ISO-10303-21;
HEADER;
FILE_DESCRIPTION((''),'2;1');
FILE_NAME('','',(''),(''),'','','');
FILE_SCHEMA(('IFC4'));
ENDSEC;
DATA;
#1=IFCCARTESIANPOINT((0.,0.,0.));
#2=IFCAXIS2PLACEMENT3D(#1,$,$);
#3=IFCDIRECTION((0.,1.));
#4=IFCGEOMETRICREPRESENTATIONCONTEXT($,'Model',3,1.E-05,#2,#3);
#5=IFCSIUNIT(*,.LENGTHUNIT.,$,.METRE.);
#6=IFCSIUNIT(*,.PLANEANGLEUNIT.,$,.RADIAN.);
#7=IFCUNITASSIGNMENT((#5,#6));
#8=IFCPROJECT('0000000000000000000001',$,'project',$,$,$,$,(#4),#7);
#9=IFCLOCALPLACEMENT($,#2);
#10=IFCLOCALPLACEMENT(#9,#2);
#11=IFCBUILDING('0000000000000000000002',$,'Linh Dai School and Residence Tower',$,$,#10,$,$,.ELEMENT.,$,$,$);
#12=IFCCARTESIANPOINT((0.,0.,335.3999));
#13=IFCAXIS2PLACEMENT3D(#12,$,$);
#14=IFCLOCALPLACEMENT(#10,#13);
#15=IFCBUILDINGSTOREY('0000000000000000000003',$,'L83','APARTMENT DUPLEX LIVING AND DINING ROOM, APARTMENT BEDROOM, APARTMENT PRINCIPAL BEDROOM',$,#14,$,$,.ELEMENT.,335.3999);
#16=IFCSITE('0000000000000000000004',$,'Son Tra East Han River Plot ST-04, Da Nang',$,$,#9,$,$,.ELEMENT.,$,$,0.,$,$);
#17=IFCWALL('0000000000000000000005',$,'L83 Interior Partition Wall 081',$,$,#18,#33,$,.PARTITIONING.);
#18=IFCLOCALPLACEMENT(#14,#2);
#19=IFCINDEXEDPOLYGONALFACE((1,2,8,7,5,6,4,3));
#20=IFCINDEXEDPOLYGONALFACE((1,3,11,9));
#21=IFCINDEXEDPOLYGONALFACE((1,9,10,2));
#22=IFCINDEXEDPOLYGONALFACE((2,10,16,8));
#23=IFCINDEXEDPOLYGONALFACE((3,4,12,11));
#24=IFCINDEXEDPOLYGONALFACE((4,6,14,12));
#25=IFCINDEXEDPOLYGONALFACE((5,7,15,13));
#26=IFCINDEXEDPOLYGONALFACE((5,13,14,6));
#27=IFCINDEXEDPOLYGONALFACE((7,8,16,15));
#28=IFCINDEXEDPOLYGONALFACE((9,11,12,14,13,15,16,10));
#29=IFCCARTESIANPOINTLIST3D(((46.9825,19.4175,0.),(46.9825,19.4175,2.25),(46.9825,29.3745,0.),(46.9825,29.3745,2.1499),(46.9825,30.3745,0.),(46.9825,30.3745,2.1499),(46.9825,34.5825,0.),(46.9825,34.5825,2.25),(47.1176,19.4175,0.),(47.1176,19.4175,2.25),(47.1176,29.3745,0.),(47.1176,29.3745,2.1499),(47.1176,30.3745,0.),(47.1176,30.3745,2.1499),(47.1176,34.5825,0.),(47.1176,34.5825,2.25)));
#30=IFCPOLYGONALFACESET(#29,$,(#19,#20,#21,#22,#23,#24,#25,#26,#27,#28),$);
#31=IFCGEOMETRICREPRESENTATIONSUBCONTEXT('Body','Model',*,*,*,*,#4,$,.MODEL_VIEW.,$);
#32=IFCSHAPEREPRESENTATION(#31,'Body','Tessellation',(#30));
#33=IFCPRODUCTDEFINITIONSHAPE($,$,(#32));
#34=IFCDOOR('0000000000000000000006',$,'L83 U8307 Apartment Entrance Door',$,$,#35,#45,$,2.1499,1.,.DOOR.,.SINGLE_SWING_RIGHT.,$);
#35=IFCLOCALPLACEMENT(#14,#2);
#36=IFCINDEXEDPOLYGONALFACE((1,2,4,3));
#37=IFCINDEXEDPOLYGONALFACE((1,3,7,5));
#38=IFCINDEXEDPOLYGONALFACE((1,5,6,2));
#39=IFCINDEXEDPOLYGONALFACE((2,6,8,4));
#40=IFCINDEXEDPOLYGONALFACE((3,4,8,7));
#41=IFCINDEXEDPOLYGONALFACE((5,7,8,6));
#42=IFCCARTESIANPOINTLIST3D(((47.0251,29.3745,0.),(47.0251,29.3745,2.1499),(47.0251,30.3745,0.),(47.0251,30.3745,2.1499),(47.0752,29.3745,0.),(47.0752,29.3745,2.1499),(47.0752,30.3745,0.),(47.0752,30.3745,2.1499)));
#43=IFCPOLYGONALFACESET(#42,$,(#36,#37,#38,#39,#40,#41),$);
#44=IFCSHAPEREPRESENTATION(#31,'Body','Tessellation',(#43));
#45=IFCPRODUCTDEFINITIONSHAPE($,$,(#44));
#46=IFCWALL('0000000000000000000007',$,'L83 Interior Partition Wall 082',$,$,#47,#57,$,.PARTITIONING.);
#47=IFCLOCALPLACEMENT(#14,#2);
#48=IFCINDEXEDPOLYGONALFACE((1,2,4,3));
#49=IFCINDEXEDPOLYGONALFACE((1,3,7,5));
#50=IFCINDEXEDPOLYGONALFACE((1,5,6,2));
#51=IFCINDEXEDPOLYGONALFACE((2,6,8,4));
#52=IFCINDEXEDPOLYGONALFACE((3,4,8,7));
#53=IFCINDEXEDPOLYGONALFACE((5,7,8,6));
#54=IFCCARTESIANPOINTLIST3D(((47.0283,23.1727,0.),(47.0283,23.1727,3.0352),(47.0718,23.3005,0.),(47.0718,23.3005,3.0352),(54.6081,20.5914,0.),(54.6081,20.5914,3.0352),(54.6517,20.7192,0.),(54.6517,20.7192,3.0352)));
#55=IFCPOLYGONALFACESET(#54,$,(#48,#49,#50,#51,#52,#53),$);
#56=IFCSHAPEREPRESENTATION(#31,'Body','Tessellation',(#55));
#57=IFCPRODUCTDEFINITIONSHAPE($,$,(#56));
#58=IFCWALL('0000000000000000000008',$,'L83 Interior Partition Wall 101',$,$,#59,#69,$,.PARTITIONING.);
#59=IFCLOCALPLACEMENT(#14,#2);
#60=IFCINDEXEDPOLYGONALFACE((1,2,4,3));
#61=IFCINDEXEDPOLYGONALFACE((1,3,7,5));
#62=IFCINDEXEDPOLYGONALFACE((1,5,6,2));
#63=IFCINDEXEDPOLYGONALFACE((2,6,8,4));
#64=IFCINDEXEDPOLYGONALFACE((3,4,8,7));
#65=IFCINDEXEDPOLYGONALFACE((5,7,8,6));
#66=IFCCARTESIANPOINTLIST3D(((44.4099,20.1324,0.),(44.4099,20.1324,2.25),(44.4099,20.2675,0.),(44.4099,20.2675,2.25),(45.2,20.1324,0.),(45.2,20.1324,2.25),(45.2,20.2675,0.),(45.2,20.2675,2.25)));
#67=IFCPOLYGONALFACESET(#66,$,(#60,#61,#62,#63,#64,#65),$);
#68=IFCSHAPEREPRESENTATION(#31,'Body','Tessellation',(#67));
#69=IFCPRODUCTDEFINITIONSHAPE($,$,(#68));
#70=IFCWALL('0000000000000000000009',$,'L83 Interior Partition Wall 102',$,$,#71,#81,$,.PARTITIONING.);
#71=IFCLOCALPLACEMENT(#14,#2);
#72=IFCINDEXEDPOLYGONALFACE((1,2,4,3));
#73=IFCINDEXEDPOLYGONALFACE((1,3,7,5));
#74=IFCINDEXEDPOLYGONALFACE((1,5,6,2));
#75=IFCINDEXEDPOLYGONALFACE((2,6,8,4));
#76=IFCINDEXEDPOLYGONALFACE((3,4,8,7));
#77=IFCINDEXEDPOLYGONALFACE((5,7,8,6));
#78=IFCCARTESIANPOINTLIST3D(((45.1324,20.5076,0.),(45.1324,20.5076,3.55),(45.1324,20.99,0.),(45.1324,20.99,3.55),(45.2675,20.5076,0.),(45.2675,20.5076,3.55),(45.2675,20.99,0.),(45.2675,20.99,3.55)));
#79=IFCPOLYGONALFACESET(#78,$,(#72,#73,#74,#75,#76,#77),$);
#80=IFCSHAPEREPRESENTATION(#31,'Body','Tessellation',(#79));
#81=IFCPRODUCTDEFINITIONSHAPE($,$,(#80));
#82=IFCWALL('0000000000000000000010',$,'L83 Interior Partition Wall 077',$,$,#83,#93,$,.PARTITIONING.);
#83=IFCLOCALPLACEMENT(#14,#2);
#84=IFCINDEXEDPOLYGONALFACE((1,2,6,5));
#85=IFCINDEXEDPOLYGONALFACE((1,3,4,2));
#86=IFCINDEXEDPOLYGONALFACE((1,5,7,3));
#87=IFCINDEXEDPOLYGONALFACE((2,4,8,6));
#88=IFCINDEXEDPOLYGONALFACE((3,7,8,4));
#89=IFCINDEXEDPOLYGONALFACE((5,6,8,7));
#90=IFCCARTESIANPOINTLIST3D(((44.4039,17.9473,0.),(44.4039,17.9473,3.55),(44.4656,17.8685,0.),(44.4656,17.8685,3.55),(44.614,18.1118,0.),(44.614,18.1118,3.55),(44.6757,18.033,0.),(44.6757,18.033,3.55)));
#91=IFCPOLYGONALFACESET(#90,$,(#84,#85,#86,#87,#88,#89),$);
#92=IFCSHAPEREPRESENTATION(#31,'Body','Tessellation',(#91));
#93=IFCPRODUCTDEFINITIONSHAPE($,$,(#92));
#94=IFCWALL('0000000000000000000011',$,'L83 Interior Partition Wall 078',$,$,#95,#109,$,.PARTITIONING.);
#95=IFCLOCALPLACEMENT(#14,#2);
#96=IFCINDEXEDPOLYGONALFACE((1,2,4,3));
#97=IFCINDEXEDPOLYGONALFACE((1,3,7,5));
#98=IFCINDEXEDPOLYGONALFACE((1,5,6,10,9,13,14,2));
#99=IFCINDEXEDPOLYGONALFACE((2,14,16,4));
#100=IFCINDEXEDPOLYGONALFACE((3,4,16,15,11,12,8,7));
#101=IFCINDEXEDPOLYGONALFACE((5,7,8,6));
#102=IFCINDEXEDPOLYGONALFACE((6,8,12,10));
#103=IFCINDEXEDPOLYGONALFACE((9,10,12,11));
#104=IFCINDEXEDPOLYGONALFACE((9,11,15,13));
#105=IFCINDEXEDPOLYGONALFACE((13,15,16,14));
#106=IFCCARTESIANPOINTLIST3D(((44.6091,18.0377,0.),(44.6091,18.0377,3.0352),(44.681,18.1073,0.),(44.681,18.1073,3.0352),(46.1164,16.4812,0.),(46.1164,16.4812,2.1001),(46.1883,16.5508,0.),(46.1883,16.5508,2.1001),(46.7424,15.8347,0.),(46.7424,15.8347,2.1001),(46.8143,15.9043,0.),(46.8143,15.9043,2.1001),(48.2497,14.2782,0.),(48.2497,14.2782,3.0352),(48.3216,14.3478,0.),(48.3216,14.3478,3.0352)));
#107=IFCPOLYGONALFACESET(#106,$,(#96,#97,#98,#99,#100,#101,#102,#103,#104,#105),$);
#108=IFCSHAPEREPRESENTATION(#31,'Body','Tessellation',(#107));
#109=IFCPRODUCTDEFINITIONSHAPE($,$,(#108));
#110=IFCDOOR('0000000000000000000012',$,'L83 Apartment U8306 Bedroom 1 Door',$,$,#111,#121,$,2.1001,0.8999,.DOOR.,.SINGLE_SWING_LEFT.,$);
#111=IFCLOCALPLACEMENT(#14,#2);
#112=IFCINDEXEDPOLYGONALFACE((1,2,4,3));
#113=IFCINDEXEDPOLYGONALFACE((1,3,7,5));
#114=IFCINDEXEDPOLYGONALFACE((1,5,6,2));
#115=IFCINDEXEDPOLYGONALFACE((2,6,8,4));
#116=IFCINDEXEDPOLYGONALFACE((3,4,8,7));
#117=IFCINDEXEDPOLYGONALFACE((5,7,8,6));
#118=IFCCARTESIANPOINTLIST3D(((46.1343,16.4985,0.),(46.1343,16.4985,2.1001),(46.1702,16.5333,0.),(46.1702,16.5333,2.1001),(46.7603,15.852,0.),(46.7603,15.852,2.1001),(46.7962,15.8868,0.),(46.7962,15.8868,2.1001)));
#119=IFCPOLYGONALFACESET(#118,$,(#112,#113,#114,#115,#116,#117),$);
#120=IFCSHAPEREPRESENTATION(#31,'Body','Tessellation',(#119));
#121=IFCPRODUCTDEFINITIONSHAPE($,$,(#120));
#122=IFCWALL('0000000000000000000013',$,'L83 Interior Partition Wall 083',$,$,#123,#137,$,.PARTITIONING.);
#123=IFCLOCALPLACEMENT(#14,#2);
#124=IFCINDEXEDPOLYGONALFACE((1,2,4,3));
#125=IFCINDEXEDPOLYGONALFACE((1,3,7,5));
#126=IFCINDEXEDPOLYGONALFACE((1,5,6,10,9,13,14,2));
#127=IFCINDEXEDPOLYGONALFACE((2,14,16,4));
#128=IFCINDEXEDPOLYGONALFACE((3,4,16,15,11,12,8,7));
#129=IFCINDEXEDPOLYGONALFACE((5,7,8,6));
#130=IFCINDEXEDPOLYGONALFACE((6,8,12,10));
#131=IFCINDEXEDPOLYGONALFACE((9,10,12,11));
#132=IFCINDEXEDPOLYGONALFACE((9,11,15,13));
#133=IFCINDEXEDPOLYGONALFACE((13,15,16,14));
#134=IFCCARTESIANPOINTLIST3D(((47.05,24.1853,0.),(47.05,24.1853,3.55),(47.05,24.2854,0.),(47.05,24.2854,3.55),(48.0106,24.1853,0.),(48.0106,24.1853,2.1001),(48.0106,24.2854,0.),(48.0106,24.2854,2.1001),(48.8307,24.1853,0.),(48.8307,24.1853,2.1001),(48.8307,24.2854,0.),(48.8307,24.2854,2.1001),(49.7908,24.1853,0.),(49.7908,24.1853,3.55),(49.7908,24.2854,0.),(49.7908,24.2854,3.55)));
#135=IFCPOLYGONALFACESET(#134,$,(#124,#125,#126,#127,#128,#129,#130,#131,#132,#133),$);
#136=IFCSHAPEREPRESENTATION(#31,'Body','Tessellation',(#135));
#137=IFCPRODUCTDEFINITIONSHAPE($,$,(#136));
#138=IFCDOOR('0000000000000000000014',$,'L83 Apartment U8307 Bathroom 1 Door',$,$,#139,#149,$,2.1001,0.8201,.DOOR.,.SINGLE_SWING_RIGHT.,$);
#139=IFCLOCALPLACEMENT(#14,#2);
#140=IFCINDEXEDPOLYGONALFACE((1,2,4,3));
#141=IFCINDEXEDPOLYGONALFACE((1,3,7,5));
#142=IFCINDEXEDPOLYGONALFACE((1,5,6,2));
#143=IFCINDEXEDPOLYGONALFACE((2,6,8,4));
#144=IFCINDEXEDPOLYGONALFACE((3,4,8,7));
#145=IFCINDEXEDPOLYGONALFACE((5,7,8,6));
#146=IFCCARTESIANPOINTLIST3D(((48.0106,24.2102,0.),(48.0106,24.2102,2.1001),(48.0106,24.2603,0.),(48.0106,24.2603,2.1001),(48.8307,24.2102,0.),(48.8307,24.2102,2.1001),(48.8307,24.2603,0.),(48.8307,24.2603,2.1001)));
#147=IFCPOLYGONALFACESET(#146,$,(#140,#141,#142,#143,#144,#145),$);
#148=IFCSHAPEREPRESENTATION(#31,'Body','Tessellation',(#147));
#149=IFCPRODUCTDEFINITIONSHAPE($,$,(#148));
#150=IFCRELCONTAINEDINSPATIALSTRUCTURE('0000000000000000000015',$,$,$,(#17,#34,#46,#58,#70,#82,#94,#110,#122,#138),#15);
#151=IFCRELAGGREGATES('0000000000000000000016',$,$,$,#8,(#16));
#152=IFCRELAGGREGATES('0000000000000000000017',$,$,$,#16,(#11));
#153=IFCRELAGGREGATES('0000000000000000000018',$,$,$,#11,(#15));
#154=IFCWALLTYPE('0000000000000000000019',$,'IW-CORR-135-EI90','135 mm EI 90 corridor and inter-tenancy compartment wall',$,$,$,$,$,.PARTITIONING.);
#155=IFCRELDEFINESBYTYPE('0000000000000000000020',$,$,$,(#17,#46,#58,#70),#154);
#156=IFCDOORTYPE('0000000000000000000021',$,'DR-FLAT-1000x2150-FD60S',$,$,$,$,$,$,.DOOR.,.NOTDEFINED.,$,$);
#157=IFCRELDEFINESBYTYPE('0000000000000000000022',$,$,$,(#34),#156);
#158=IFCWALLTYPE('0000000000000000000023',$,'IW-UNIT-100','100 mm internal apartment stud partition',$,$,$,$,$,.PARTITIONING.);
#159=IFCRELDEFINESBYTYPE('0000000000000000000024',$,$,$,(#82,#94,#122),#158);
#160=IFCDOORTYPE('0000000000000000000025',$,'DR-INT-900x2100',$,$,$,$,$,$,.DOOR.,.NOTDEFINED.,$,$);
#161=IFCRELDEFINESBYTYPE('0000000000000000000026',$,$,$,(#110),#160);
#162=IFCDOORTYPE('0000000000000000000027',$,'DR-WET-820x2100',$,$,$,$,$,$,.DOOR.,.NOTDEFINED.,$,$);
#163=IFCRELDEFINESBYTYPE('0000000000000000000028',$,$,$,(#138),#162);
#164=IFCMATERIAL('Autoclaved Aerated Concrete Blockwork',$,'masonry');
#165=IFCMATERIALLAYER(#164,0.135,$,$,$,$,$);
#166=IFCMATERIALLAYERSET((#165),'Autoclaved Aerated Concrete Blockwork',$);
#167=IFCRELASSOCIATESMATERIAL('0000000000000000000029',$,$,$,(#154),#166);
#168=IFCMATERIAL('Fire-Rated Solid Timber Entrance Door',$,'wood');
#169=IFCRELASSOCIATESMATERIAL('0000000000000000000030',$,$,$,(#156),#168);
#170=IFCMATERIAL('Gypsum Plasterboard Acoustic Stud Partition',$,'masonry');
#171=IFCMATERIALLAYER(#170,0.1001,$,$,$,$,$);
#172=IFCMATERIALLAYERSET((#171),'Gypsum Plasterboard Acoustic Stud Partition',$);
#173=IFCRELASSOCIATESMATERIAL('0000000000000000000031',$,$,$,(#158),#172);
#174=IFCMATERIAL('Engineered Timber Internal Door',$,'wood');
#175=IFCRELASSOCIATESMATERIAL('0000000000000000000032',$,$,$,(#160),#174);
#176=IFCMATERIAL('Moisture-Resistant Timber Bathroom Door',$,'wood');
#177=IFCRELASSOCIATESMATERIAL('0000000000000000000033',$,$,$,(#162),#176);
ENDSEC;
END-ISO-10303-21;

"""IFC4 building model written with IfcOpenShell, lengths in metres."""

from ifc_helpers import new_model, si_unit, direction, frame, frame_2d, origin, origin_2d, place, context, subcontext, project, spatial, rectangle, extrude, source, transform, mapped, material, layer, layer_set, type_object, element, fill, save


model = new_model("IFC4")

# Units and contexts
model_context = context("Model", 3, precision=1e-05, world=origin(), true_north=direction((0.0, 1.0)))
body_context = subcontext(model_context, "Body", "Model", "MODEL_VIEW")
ifc_project = project(units=[si_unit("LENGTHUNIT", "METRE"), si_unit("PLANEANGLEUNIT", "RADIAN")], contexts=[model_context])

# Site, building, storey
site_placement = place(None, origin())
site = spatial("IfcSite", under=ifc_project, at=site_placement, Name="Son Tra East Han River Plot ST-04, Da Nang", CompositionType="ELEMENT", RefElevation=0.0)
building_placement = place(site_placement, origin())
building = spatial("IfcBuilding", under=site, at=building_placement, Name="Linh Dai School and Residence Tower", CompositionType="ELEMENT")
storey_placement = place(building_placement, frame((0.0, 0.0, 335.3999)))
storey = spatial("IfcBuildingStorey", under=building, at=storey_placement, Name="L83", Description="APARTMENT DUPLEX LIVING AND DINING ROOM, APARTMENT BEDROOM, APARTMENT PRINCIPAL BEDROOM", CompositionType="ELEMENT", Elevation=335.3999)

# Shared definitions
ifc_material_1 = material(Name="Autoclaved Aerated Concrete Blockwork", Category="masonry")
ifc_layer_1 = layer(ifc_material_1, 0.135)
ifc_layer_set_1 = layer_set([ifc_layer_1], Name="Autoclaved Aerated Concrete Blockwork")
wall_type_1 = type_object("IfcWallType", Name="IW-CORR-135-EI90", Description="135 mm EI 90 corridor and inter-tenancy compartment wall", PredefinedType="PARTITIONING", material=ifc_layer_set_1)

# Wall, opening, door
wall_1_placement = place(storey_placement, frame((47.05, 19.4175, 0.0), z_axis=(0.0, 0.0, 1.0), x_axis=(0.0, 1.0, 0.0)))
wall_1 = element("IfcWall", 1, at=wall_1_placement, inside=storey, type_object=wall_type_1, Name="L83 Interior Partition Wall 081", PredefinedType="PARTITIONING", context=body_context, shape_type="SweptSolid", body=[
    extrude(rectangle(XDim=15.165, YDim=0.135, at=frame_2d((7.5825, 0.0))), origin(), (0.0, 0.0, 1.0), 2.25),
])
opening_1_placement = place(wall_1_placement, frame((9.957, 0.0, 0.0)))
opening_1 = element("IfcOpeningElement", 2, at=opening_1_placement, cuts=wall_1, PredefinedType="OPENING", context=body_context, shape_type="SweptSolid", body=[
    extrude(rectangle(XDim=1.0, YDim=2.1499, at=origin_2d()), frame((0.5, 0.0776, 1.075), z_axis=(0.0, -1.0, 0.0), x_axis=(1.0, 0.0, 0.0)), (0.0, 0.0, 1.0), 0.155),
])
ifc_material_2 = material(Name="Fire-Rated Solid Timber Entrance Door", Category="wood")
door_type_1 = type_object("IfcDoorType", Name="DR-FLAT-1000x2150-FD60S", OperationType="NOTDEFINED", PredefinedType="DOOR", material=ifc_material_2)
shared_shape_1 = source(origin(), body_context, "Body", "SweptSolid", [
    extrude(rectangle(XDim=1.0, YDim=2.1499, at=origin_2d()), frame((0.5, 0.0249, 1.075), z_axis=(0.0, -1.0, 0.0), x_axis=(1.0, 0.0, 0.0)), (0.0, 0.0, 1.0), 0.05),
])
door_1_placement = place(opening_1_placement, origin())
door_1 = element("IfcDoor", 3, at=door_1_placement, inside=storey, type_object=door_type_1, Name="L83 U8307 Apartment Entrance Door", OperationType="SINGLE_SWING_RIGHT", OverallHeight=2.1499, OverallWidth=1.0, PredefinedType="DOOR", context=body_context, shape_type="MappedRepresentation", body=[
    mapped(shared_shape_1, transform((0.0, 0.0, 0.0), x_axis=(1.0, 0.0, 0.0), y_axis=(0.0, 1.0, 0.0), z_axis=(0.0, 0.0, 1.0), scale=1.0)),
])
fill(opening_1, door_1)

# Walls
wall_2_placement = place(storey_placement, frame((47.05, 23.2366, 0.0), z_axis=(0.0, 0.0, 1.0), x_axis=(0.946614, -0.322368, 0.0)))
element("IfcWall", 4, at=wall_2_placement, inside=storey, type_object=wall_type_1, Name="L83 Interior Partition Wall 082", PredefinedType="PARTITIONING", context=body_context, shape_type="SweptSolid", body=[
    extrude(rectangle(XDim=8.0073, YDim=0.135, at=frame_2d((4.0037, 0.0))), origin(), (0.0, 0.0, 1.0), 3.0352),
])
wall_3_placement = place(storey_placement, frame((44.4099, 20.2, 0.0), z_axis=(0.0, 0.0, 1.0), x_axis=(1.0, 0.0, 0.0)))
element("IfcWall", 5, at=wall_3_placement, inside=storey, type_object=wall_type_1, Name="L83 Interior Partition Wall 101", PredefinedType="PARTITIONING", context=body_context, shape_type="SweptSolid", body=[
    extrude(rectangle(XDim=0.79, YDim=0.135, at=frame_2d((0.395, 0.0))), origin(), (0.0, 0.0, 1.0), 2.25),
])
wall_4_placement = place(storey_placement, frame((45.2, 20.5076, 0.0), z_axis=(0.0, 0.0, 1.0), x_axis=(0.0, 1.0, 0.0)))
element("IfcWall", 6, at=wall_4_placement, inside=storey, type_object=wall_type_1, Name="L83 Interior Partition Wall 102", PredefinedType="PARTITIONING", context=body_context, shape_type="SweptSolid", body=[
    extrude(rectangle(XDim=0.4824, YDim=0.135, at=frame_2d((0.2412, 0.0))), origin(), (0.0, 0.0, 1.0), 3.55),
])
ifc_material_3 = material(Name="Gypsum Plasterboard Acoustic Stud Partition", Category="masonry")
ifc_layer_2 = layer(ifc_material_3, 0.1001)
ifc_layer_set_2 = layer_set([ifc_layer_2], Name="Gypsum Plasterboard Acoustic Stud Partition")
wall_type_2 = type_object("IfcWallType", Name="IW-UNIT-100", Description="100 mm internal apartment stud partition", PredefinedType="PARTITIONING", material=ifc_layer_set_2)
wall_5_placement = place(storey_placement, frame((44.4348, 17.908, 0.0), z_axis=(0.0, 0.0, 1.0), x_axis=(0.787428, 0.616407, 0.0)))
element("IfcWall", 7, at=wall_5_placement, inside=storey, type_object=wall_type_2, Name="L83 Interior Partition Wall 077", PredefinedType="PARTITIONING", context=body_context, shape_type="SweptSolid", body=[
    extrude(rectangle(XDim=0.2668, YDim=0.1001, at=frame_2d((0.1333, 0.0))), origin(), (0.0, 0.0, 1.0), 3.55),
])

# Walls, openings, doors
wall_6_placement = place(storey_placement, frame((44.645, 18.0725, 0.0), z_axis=(0.0, 0.0, 1.0), x_axis=(0.695656, -0.718375, 0.0)))
wall_6 = element("IfcWall", 8, at=wall_6_placement, inside=storey, type_object=wall_type_2, Name="L83 Interior Partition Wall 078", PredefinedType="PARTITIONING", context=body_context, shape_type="SweptSolid", body=[
    extrude(rectangle(XDim=5.2334, YDim=0.1001, at=frame_2d((2.6167, 0.0))), origin(), (0.0, 0.0, 1.0), 3.0352),
])
opening_2_placement = place(wall_6_placement, frame((2.1667, 0.0, 0.0)))
opening_2 = element("IfcOpeningElement", 9, at=opening_2_placement, cuts=wall_6, PredefinedType="OPENING", context=body_context, shape_type="SweptSolid", body=[
    extrude(rectangle(XDim=0.8999, YDim=2.1001, at=origin_2d()), frame((0.45, 0.0601, 1.05), z_axis=(0.0, -1.0, 0.0), x_axis=(1.0, 0.0, 0.0)), (0.0, 0.0, 1.0), 0.1201),
])
ifc_material_4 = material(Name="Engineered Timber Internal Door", Category="wood")
door_type_2 = type_object("IfcDoorType", Name="DR-INT-900x2100", OperationType="NOTDEFINED", PredefinedType="DOOR", material=ifc_material_4)
shared_shape_2 = source(origin(), body_context, "Body", "SweptSolid", [
    extrude(rectangle(XDim=0.8999, YDim=2.1001, at=origin_2d()), frame((0.45, 0.0249, 1.05), z_axis=(0.0, -1.0, 0.0), x_axis=(1.0, 0.0, 0.0)), (0.0, 0.0, 1.0), 0.05),
])
door_2_placement = place(opening_2_placement, origin())
door_2 = element("IfcDoor", 10, at=door_2_placement, inside=storey, type_object=door_type_2, Name="L83 Apartment U8306 Bedroom 1 Door", OperationType="SINGLE_SWING_LEFT", OverallHeight=2.1001, OverallWidth=0.8999, PredefinedType="DOOR", context=body_context, shape_type="MappedRepresentation", body=[
    mapped(shared_shape_2, transform((0.0, 0.0, 0.0), x_axis=(1.0, 0.0, 0.0), y_axis=(0.0, 1.0, 0.0), z_axis=(0.0, 0.0, 1.0), scale=1.0)),
])
fill(opening_2, door_2)
wall_7_placement = place(storey_placement, frame((47.05, 24.2354, 0.0), z_axis=(0.0, 0.0, 1.0), x_axis=(1.0, 0.0, 0.0)))
wall_7 = element("IfcWall", 11, at=wall_7_placement, inside=storey, type_object=wall_type_2, Name="L83 Interior Partition Wall 083", PredefinedType="PARTITIONING", context=body_context, shape_type="SweptSolid", body=[
    extrude(rectangle(XDim=2.7407, YDim=0.1001, at=frame_2d((1.3704, 0.0))), origin(), (0.0, 0.0, 1.0), 3.55),
])
opening_3_placement = place(wall_7_placement, frame((0.9604, 0.0, 0.0)))
opening_3 = element("IfcOpeningElement", 12, at=opening_3_placement, cuts=wall_7, PredefinedType="OPENING", context=body_context, shape_type="SweptSolid", body=[
    extrude(rectangle(XDim=0.8201, YDim=2.1001, at=origin_2d()), frame((0.4102, 0.0601, 1.05), z_axis=(0.0, -1.0, 0.0), x_axis=(1.0, 0.0, 0.0)), (0.0, 0.0, 1.0), 0.1201),
])
ifc_material_5 = material(Name="Moisture-Resistant Timber Bathroom Door", Category="wood")
door_type_3 = type_object("IfcDoorType", Name="DR-WET-820x2100", OperationType="NOTDEFINED", PredefinedType="DOOR", material=ifc_material_5)
shared_shape_3 = source(origin(), body_context, "Body", "SweptSolid", [
    extrude(rectangle(XDim=0.8201, YDim=2.1001, at=origin_2d()), frame((0.4102, 0.0249, 1.05), z_axis=(0.0, -1.0, 0.0), x_axis=(1.0, 0.0, 0.0)), (0.0, 0.0, 1.0), 0.05),
])
door_3_placement = place(opening_3_placement, origin())
door_3 = element("IfcDoor", 13, at=door_3_placement, inside=storey, type_object=door_type_3, Name="L83 Apartment U8307 Bathroom 1 Door", OperationType="SINGLE_SWING_RIGHT", OverallHeight=2.1001, OverallWidth=0.8201, PredefinedType="DOOR", context=body_context, shape_type="MappedRepresentation", body=[
    mapped(shared_shape_3, transform((0.0, 0.0, 0.0), x_axis=(1.0, 0.0, 0.0), y_axis=(0.0, 1.0, 0.0), z_axis=(0.0, 0.0, 1.0), scale=1.0)),
])
fill(opening_3, door_3)

save(model, "model.ifc")
